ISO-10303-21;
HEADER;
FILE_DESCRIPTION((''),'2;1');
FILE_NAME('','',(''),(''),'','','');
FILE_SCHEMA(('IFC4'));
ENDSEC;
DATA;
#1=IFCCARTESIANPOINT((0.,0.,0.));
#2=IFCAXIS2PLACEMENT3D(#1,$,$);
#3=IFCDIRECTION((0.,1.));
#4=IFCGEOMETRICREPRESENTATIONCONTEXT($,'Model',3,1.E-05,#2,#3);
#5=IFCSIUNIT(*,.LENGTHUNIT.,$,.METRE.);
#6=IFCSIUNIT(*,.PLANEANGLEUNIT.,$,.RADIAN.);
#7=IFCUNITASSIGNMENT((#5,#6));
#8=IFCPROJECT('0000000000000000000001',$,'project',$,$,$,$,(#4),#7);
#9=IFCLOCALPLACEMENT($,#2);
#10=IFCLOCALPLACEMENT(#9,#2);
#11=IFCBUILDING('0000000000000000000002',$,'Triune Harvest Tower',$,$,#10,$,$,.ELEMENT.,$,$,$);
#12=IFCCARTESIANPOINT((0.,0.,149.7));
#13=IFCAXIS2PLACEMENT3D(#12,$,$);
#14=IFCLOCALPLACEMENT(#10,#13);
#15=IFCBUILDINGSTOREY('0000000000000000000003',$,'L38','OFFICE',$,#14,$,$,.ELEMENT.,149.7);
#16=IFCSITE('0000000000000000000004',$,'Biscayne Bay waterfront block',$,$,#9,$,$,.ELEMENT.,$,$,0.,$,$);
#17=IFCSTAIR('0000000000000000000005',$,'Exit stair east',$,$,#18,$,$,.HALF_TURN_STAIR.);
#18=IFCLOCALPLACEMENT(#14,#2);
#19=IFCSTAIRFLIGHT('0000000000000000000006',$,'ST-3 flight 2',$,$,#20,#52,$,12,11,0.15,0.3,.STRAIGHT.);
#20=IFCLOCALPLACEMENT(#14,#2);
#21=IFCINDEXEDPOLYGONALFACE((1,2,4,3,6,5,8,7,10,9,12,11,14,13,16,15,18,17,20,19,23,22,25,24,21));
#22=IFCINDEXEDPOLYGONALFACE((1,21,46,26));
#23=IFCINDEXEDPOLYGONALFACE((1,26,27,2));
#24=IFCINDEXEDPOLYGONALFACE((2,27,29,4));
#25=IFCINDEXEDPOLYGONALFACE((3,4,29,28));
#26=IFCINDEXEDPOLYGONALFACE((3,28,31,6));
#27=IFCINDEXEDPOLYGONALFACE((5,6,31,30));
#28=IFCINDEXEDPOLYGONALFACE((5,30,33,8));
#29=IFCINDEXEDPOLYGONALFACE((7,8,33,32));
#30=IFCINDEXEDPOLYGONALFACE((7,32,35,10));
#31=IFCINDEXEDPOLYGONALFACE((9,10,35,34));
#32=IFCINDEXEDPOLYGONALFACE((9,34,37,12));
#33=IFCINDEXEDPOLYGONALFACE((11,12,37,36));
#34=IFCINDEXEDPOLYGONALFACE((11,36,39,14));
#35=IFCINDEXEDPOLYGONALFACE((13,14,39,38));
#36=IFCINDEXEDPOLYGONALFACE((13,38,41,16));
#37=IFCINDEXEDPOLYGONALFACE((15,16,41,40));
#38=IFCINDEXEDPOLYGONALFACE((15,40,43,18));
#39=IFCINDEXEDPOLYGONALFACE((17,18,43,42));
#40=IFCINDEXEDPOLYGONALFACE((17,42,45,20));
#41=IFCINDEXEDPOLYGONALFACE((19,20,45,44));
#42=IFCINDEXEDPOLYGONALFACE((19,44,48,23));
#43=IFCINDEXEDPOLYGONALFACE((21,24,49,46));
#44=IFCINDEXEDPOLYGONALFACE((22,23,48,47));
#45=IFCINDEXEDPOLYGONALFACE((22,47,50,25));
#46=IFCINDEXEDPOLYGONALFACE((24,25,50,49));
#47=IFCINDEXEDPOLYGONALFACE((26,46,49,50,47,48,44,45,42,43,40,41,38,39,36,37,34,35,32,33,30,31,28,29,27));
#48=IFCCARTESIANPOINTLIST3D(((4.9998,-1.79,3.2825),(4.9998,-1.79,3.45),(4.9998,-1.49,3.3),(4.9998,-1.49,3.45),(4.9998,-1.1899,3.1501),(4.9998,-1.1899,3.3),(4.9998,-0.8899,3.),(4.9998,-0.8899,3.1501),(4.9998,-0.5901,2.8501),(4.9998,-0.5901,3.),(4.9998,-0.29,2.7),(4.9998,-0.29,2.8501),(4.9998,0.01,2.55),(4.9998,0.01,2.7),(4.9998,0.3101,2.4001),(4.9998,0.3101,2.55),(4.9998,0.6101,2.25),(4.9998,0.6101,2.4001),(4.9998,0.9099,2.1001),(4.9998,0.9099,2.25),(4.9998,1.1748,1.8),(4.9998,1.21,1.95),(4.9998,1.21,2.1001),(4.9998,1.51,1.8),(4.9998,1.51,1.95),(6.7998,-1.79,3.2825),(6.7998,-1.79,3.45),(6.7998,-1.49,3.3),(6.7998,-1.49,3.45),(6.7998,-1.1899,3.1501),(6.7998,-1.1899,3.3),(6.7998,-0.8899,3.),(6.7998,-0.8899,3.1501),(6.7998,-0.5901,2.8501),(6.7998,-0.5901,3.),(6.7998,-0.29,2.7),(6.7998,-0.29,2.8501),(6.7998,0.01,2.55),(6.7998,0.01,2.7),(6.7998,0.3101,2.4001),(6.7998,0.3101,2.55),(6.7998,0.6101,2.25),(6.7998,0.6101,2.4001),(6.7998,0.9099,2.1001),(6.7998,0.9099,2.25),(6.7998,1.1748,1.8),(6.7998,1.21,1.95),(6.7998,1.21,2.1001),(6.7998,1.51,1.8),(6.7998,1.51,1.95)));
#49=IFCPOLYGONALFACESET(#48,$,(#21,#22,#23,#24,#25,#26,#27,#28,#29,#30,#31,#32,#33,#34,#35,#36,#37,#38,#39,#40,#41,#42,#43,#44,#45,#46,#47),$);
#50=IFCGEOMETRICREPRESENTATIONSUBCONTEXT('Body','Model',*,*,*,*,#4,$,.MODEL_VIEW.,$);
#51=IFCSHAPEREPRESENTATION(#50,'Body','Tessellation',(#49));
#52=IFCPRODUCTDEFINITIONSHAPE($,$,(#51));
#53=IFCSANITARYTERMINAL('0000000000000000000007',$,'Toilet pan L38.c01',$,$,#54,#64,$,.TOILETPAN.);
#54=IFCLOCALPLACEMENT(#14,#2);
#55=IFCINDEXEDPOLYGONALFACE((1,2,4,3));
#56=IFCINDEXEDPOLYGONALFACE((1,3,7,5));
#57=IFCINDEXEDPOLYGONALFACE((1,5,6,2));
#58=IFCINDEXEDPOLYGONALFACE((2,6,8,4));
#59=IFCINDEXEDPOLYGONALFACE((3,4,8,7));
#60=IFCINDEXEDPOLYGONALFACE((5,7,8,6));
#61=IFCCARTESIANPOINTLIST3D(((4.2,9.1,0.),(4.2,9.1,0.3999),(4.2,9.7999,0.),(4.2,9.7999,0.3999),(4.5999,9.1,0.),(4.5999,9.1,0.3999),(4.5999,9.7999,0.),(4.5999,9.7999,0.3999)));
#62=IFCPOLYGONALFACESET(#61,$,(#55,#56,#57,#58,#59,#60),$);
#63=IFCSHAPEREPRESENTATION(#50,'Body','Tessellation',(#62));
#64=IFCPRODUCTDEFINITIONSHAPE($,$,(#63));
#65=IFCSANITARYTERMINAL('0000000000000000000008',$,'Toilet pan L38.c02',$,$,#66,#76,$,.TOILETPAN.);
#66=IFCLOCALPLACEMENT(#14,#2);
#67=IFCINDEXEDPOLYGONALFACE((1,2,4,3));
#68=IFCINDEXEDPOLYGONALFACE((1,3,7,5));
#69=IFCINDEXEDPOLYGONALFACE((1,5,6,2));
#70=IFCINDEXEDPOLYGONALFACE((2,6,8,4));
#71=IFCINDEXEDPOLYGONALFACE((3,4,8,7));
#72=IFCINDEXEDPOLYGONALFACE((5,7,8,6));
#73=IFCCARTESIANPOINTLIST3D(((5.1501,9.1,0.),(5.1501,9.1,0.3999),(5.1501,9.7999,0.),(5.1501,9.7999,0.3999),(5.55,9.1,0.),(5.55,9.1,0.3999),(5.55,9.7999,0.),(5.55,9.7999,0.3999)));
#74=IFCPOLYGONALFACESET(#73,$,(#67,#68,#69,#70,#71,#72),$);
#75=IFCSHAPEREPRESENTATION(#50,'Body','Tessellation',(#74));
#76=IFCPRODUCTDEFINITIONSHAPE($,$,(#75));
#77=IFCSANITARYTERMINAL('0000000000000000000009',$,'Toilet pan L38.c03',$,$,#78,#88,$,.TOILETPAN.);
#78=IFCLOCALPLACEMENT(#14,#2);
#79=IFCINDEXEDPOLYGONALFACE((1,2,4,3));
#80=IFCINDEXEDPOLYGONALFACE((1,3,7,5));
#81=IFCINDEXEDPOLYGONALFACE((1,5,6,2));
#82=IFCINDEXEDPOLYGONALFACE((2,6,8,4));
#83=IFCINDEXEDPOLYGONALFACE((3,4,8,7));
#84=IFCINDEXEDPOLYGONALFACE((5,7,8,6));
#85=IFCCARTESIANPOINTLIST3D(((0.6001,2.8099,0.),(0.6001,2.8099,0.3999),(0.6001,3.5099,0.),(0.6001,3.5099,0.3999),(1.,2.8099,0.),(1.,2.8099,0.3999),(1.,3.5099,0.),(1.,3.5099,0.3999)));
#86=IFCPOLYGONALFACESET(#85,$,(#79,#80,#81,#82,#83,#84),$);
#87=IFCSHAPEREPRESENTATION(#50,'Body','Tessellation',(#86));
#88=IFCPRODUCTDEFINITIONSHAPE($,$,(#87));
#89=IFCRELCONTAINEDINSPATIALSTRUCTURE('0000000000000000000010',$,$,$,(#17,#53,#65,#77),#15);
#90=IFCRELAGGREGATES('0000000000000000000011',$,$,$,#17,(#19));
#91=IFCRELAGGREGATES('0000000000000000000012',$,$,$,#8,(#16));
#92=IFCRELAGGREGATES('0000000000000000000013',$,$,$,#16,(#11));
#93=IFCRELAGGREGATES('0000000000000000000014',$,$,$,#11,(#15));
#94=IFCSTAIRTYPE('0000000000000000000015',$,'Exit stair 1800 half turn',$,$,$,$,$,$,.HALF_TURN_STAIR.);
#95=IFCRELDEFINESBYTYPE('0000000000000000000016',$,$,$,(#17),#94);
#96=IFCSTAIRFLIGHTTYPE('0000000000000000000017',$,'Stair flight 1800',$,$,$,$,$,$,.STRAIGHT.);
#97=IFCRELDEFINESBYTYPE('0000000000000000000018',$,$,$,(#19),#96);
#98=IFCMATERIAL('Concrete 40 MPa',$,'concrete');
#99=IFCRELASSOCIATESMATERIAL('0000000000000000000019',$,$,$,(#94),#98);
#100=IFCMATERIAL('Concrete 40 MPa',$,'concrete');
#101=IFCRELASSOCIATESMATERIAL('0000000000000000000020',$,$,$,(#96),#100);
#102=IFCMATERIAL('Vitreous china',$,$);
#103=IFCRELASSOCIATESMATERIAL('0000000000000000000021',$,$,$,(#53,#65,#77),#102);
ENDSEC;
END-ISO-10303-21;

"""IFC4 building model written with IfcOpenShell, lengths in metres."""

from ifc_helpers import new_model, si_unit, direction, frame, origin, origin_2d, place, context, subcontext, project, spatial, polyline, rectangle, outline, extrude, source, transform, mapped, material, type_object, element, aggregate, save


model = new_model("IFC4")

# Units and contexts
model_context = context("Model", 3, precision=1e-05, world=origin(), true_north=direction((0.0, 1.0)))
body_context = subcontext(model_context, "Body", "Model", "MODEL_VIEW")
ifc_project = project(units=[si_unit("LENGTHUNIT", "METRE"), si_unit("PLANEANGLEUNIT", "RADIAN")], contexts=[model_context])

# Site, building, storey
site_placement = place(None, origin())
site = spatial("IfcSite", under=ifc_project, at=site_placement, Name="Biscayne Bay waterfront block", CompositionType="ELEMENT", RefElevation=0.0)
building_placement = place(site_placement, origin())
building = spatial("IfcBuilding", under=site, at=building_placement, Name="Triune Harvest Tower", CompositionType="ELEMENT")
storey_placement = place(building_placement, frame((0.0, 0.0, 149.7)))
storey = spatial("IfcBuildingStorey", under=building, at=storey_placement, Name="L38", Description="OFFICE", CompositionType="ELEMENT", Elevation=149.7)

# Shared definitions
ifc_material_1 = material(Name="Concrete 40 MPa", Category="concrete")
stair_type = type_object("IfcStairType", Name="Exit stair 1800 half turn", PredefinedType="HALF_TURN_STAIR", material=ifc_material_1)

# Stair
stair_1_placement = place(storey_placement, origin())
stair_1 = element("IfcStair", 1, at=stair_1_placement, inside=storey, type_object=stair_type, Name="Exit stair east", PredefinedType="HALF_TURN_STAIR")

# Shared definitions
ifc_material_2 = material(Name="Concrete 40 MPa", Category="concrete")
stair_flight_type = type_object("IfcStairFlightType", Name="Stair flight 1800", PredefinedType="STRAIGHT", material=ifc_material_2)
shared_shape_1 = source(origin(), body_context, "Body", "SweptSolid", [
    extrude(outline(polyline([(0.0, 0.0), (0.0, 0.1499), (0.3, 0.1499), (0.3, 0.3), (0.6001, 0.3), (0.6001, 0.45), (0.8999, 0.45), (0.8999, 0.6001), (1.2, 0.6001), (1.2, 0.75), (1.5, 0.75), (1.5, 0.8999), (1.8, 0.8999), (1.8, 1.05), (2.1001, 1.05), (2.1001, 1.2), (2.3999, 1.2), (2.3999, 1.3501), (2.7, 1.3501), (2.7, 1.5), (3.0, 1.5), (3.0, 1.6499), (3.3, 1.6499), (3.3, 1.8), (3.3, 1.4824), (0.3352, 0.0), (0.0, 0.0)])), frame((0.0, 0.8999, 0.0), z_axis=(0.0, -1.0, 0.0), x_axis=(1.0, 0.0, 0.0)), (0.0, 0.0, 1.0), 1.8),
])

# Stair flight
stair_flight_1_placement = place(storey_placement, frame((5.8999, 1.51, 1.8), z_axis=(0.0, 0.0, 1.0), x_axis=(0.0, -1.0, 0.0)))
stair_flight_1 = element("IfcStairFlight", 2, at=stair_flight_1_placement, type_object=stair_flight_type, Name="ST-3 flight 2", NumberOfRisers=12, NumberOfTreads=11, PredefinedType="STRAIGHT", RiserHeight=0.15, TreadLength=0.3, context=body_context, shape_type="MappedRepresentation", body=[
    mapped(shared_shape_1, transform((0.0, 0.0, 0.0), scale=1.0)),
])
aggregate(stair_1, [stair_flight_1])

# Sanitary terminals
ifc_material_3 = material(Name="Vitreous china")
shared_shape_2 = source(origin(), body_context, "Body", "SweptSolid", [
    extrude(rectangle(XDim=0.3999, YDim=0.7, at=origin_2d()), origin(), (0.0, 0.0, 1.0), 0.3999),
])
for number, where, z_axis, x_axis, name in (
    (3, (4.3999, 9.45, 0.0), (0.0, 0.0, 1.0), (1.0, 0.0, 0.0), "Toilet pan L38.c01"),
    (4, (5.3501, 9.45, 0.0), (0.0, 0.0, 1.0), (1.0, 0.0, 0.0), "Toilet pan L38.c02"),
    (5, (0.8, 3.1599, 0.0), (0.0, 0.0, 1.0), (-1.0, 0.0, 0.0), "Toilet pan L38.c03"),
):
    element("IfcSanitaryTerminal", number, at=place(storey_placement, frame(where, z_axis=z_axis, x_axis=x_axis)), inside=storey, material=ifc_material_3, Name=name, PredefinedType="TOILETPAN", context=body_context, shape_type="MappedRepresentation", body=[
        mapped(shared_shape_2, transform((0.0, 0.0, 0.0), scale=1.0)),
    ])

save(model, "model.ifc")
